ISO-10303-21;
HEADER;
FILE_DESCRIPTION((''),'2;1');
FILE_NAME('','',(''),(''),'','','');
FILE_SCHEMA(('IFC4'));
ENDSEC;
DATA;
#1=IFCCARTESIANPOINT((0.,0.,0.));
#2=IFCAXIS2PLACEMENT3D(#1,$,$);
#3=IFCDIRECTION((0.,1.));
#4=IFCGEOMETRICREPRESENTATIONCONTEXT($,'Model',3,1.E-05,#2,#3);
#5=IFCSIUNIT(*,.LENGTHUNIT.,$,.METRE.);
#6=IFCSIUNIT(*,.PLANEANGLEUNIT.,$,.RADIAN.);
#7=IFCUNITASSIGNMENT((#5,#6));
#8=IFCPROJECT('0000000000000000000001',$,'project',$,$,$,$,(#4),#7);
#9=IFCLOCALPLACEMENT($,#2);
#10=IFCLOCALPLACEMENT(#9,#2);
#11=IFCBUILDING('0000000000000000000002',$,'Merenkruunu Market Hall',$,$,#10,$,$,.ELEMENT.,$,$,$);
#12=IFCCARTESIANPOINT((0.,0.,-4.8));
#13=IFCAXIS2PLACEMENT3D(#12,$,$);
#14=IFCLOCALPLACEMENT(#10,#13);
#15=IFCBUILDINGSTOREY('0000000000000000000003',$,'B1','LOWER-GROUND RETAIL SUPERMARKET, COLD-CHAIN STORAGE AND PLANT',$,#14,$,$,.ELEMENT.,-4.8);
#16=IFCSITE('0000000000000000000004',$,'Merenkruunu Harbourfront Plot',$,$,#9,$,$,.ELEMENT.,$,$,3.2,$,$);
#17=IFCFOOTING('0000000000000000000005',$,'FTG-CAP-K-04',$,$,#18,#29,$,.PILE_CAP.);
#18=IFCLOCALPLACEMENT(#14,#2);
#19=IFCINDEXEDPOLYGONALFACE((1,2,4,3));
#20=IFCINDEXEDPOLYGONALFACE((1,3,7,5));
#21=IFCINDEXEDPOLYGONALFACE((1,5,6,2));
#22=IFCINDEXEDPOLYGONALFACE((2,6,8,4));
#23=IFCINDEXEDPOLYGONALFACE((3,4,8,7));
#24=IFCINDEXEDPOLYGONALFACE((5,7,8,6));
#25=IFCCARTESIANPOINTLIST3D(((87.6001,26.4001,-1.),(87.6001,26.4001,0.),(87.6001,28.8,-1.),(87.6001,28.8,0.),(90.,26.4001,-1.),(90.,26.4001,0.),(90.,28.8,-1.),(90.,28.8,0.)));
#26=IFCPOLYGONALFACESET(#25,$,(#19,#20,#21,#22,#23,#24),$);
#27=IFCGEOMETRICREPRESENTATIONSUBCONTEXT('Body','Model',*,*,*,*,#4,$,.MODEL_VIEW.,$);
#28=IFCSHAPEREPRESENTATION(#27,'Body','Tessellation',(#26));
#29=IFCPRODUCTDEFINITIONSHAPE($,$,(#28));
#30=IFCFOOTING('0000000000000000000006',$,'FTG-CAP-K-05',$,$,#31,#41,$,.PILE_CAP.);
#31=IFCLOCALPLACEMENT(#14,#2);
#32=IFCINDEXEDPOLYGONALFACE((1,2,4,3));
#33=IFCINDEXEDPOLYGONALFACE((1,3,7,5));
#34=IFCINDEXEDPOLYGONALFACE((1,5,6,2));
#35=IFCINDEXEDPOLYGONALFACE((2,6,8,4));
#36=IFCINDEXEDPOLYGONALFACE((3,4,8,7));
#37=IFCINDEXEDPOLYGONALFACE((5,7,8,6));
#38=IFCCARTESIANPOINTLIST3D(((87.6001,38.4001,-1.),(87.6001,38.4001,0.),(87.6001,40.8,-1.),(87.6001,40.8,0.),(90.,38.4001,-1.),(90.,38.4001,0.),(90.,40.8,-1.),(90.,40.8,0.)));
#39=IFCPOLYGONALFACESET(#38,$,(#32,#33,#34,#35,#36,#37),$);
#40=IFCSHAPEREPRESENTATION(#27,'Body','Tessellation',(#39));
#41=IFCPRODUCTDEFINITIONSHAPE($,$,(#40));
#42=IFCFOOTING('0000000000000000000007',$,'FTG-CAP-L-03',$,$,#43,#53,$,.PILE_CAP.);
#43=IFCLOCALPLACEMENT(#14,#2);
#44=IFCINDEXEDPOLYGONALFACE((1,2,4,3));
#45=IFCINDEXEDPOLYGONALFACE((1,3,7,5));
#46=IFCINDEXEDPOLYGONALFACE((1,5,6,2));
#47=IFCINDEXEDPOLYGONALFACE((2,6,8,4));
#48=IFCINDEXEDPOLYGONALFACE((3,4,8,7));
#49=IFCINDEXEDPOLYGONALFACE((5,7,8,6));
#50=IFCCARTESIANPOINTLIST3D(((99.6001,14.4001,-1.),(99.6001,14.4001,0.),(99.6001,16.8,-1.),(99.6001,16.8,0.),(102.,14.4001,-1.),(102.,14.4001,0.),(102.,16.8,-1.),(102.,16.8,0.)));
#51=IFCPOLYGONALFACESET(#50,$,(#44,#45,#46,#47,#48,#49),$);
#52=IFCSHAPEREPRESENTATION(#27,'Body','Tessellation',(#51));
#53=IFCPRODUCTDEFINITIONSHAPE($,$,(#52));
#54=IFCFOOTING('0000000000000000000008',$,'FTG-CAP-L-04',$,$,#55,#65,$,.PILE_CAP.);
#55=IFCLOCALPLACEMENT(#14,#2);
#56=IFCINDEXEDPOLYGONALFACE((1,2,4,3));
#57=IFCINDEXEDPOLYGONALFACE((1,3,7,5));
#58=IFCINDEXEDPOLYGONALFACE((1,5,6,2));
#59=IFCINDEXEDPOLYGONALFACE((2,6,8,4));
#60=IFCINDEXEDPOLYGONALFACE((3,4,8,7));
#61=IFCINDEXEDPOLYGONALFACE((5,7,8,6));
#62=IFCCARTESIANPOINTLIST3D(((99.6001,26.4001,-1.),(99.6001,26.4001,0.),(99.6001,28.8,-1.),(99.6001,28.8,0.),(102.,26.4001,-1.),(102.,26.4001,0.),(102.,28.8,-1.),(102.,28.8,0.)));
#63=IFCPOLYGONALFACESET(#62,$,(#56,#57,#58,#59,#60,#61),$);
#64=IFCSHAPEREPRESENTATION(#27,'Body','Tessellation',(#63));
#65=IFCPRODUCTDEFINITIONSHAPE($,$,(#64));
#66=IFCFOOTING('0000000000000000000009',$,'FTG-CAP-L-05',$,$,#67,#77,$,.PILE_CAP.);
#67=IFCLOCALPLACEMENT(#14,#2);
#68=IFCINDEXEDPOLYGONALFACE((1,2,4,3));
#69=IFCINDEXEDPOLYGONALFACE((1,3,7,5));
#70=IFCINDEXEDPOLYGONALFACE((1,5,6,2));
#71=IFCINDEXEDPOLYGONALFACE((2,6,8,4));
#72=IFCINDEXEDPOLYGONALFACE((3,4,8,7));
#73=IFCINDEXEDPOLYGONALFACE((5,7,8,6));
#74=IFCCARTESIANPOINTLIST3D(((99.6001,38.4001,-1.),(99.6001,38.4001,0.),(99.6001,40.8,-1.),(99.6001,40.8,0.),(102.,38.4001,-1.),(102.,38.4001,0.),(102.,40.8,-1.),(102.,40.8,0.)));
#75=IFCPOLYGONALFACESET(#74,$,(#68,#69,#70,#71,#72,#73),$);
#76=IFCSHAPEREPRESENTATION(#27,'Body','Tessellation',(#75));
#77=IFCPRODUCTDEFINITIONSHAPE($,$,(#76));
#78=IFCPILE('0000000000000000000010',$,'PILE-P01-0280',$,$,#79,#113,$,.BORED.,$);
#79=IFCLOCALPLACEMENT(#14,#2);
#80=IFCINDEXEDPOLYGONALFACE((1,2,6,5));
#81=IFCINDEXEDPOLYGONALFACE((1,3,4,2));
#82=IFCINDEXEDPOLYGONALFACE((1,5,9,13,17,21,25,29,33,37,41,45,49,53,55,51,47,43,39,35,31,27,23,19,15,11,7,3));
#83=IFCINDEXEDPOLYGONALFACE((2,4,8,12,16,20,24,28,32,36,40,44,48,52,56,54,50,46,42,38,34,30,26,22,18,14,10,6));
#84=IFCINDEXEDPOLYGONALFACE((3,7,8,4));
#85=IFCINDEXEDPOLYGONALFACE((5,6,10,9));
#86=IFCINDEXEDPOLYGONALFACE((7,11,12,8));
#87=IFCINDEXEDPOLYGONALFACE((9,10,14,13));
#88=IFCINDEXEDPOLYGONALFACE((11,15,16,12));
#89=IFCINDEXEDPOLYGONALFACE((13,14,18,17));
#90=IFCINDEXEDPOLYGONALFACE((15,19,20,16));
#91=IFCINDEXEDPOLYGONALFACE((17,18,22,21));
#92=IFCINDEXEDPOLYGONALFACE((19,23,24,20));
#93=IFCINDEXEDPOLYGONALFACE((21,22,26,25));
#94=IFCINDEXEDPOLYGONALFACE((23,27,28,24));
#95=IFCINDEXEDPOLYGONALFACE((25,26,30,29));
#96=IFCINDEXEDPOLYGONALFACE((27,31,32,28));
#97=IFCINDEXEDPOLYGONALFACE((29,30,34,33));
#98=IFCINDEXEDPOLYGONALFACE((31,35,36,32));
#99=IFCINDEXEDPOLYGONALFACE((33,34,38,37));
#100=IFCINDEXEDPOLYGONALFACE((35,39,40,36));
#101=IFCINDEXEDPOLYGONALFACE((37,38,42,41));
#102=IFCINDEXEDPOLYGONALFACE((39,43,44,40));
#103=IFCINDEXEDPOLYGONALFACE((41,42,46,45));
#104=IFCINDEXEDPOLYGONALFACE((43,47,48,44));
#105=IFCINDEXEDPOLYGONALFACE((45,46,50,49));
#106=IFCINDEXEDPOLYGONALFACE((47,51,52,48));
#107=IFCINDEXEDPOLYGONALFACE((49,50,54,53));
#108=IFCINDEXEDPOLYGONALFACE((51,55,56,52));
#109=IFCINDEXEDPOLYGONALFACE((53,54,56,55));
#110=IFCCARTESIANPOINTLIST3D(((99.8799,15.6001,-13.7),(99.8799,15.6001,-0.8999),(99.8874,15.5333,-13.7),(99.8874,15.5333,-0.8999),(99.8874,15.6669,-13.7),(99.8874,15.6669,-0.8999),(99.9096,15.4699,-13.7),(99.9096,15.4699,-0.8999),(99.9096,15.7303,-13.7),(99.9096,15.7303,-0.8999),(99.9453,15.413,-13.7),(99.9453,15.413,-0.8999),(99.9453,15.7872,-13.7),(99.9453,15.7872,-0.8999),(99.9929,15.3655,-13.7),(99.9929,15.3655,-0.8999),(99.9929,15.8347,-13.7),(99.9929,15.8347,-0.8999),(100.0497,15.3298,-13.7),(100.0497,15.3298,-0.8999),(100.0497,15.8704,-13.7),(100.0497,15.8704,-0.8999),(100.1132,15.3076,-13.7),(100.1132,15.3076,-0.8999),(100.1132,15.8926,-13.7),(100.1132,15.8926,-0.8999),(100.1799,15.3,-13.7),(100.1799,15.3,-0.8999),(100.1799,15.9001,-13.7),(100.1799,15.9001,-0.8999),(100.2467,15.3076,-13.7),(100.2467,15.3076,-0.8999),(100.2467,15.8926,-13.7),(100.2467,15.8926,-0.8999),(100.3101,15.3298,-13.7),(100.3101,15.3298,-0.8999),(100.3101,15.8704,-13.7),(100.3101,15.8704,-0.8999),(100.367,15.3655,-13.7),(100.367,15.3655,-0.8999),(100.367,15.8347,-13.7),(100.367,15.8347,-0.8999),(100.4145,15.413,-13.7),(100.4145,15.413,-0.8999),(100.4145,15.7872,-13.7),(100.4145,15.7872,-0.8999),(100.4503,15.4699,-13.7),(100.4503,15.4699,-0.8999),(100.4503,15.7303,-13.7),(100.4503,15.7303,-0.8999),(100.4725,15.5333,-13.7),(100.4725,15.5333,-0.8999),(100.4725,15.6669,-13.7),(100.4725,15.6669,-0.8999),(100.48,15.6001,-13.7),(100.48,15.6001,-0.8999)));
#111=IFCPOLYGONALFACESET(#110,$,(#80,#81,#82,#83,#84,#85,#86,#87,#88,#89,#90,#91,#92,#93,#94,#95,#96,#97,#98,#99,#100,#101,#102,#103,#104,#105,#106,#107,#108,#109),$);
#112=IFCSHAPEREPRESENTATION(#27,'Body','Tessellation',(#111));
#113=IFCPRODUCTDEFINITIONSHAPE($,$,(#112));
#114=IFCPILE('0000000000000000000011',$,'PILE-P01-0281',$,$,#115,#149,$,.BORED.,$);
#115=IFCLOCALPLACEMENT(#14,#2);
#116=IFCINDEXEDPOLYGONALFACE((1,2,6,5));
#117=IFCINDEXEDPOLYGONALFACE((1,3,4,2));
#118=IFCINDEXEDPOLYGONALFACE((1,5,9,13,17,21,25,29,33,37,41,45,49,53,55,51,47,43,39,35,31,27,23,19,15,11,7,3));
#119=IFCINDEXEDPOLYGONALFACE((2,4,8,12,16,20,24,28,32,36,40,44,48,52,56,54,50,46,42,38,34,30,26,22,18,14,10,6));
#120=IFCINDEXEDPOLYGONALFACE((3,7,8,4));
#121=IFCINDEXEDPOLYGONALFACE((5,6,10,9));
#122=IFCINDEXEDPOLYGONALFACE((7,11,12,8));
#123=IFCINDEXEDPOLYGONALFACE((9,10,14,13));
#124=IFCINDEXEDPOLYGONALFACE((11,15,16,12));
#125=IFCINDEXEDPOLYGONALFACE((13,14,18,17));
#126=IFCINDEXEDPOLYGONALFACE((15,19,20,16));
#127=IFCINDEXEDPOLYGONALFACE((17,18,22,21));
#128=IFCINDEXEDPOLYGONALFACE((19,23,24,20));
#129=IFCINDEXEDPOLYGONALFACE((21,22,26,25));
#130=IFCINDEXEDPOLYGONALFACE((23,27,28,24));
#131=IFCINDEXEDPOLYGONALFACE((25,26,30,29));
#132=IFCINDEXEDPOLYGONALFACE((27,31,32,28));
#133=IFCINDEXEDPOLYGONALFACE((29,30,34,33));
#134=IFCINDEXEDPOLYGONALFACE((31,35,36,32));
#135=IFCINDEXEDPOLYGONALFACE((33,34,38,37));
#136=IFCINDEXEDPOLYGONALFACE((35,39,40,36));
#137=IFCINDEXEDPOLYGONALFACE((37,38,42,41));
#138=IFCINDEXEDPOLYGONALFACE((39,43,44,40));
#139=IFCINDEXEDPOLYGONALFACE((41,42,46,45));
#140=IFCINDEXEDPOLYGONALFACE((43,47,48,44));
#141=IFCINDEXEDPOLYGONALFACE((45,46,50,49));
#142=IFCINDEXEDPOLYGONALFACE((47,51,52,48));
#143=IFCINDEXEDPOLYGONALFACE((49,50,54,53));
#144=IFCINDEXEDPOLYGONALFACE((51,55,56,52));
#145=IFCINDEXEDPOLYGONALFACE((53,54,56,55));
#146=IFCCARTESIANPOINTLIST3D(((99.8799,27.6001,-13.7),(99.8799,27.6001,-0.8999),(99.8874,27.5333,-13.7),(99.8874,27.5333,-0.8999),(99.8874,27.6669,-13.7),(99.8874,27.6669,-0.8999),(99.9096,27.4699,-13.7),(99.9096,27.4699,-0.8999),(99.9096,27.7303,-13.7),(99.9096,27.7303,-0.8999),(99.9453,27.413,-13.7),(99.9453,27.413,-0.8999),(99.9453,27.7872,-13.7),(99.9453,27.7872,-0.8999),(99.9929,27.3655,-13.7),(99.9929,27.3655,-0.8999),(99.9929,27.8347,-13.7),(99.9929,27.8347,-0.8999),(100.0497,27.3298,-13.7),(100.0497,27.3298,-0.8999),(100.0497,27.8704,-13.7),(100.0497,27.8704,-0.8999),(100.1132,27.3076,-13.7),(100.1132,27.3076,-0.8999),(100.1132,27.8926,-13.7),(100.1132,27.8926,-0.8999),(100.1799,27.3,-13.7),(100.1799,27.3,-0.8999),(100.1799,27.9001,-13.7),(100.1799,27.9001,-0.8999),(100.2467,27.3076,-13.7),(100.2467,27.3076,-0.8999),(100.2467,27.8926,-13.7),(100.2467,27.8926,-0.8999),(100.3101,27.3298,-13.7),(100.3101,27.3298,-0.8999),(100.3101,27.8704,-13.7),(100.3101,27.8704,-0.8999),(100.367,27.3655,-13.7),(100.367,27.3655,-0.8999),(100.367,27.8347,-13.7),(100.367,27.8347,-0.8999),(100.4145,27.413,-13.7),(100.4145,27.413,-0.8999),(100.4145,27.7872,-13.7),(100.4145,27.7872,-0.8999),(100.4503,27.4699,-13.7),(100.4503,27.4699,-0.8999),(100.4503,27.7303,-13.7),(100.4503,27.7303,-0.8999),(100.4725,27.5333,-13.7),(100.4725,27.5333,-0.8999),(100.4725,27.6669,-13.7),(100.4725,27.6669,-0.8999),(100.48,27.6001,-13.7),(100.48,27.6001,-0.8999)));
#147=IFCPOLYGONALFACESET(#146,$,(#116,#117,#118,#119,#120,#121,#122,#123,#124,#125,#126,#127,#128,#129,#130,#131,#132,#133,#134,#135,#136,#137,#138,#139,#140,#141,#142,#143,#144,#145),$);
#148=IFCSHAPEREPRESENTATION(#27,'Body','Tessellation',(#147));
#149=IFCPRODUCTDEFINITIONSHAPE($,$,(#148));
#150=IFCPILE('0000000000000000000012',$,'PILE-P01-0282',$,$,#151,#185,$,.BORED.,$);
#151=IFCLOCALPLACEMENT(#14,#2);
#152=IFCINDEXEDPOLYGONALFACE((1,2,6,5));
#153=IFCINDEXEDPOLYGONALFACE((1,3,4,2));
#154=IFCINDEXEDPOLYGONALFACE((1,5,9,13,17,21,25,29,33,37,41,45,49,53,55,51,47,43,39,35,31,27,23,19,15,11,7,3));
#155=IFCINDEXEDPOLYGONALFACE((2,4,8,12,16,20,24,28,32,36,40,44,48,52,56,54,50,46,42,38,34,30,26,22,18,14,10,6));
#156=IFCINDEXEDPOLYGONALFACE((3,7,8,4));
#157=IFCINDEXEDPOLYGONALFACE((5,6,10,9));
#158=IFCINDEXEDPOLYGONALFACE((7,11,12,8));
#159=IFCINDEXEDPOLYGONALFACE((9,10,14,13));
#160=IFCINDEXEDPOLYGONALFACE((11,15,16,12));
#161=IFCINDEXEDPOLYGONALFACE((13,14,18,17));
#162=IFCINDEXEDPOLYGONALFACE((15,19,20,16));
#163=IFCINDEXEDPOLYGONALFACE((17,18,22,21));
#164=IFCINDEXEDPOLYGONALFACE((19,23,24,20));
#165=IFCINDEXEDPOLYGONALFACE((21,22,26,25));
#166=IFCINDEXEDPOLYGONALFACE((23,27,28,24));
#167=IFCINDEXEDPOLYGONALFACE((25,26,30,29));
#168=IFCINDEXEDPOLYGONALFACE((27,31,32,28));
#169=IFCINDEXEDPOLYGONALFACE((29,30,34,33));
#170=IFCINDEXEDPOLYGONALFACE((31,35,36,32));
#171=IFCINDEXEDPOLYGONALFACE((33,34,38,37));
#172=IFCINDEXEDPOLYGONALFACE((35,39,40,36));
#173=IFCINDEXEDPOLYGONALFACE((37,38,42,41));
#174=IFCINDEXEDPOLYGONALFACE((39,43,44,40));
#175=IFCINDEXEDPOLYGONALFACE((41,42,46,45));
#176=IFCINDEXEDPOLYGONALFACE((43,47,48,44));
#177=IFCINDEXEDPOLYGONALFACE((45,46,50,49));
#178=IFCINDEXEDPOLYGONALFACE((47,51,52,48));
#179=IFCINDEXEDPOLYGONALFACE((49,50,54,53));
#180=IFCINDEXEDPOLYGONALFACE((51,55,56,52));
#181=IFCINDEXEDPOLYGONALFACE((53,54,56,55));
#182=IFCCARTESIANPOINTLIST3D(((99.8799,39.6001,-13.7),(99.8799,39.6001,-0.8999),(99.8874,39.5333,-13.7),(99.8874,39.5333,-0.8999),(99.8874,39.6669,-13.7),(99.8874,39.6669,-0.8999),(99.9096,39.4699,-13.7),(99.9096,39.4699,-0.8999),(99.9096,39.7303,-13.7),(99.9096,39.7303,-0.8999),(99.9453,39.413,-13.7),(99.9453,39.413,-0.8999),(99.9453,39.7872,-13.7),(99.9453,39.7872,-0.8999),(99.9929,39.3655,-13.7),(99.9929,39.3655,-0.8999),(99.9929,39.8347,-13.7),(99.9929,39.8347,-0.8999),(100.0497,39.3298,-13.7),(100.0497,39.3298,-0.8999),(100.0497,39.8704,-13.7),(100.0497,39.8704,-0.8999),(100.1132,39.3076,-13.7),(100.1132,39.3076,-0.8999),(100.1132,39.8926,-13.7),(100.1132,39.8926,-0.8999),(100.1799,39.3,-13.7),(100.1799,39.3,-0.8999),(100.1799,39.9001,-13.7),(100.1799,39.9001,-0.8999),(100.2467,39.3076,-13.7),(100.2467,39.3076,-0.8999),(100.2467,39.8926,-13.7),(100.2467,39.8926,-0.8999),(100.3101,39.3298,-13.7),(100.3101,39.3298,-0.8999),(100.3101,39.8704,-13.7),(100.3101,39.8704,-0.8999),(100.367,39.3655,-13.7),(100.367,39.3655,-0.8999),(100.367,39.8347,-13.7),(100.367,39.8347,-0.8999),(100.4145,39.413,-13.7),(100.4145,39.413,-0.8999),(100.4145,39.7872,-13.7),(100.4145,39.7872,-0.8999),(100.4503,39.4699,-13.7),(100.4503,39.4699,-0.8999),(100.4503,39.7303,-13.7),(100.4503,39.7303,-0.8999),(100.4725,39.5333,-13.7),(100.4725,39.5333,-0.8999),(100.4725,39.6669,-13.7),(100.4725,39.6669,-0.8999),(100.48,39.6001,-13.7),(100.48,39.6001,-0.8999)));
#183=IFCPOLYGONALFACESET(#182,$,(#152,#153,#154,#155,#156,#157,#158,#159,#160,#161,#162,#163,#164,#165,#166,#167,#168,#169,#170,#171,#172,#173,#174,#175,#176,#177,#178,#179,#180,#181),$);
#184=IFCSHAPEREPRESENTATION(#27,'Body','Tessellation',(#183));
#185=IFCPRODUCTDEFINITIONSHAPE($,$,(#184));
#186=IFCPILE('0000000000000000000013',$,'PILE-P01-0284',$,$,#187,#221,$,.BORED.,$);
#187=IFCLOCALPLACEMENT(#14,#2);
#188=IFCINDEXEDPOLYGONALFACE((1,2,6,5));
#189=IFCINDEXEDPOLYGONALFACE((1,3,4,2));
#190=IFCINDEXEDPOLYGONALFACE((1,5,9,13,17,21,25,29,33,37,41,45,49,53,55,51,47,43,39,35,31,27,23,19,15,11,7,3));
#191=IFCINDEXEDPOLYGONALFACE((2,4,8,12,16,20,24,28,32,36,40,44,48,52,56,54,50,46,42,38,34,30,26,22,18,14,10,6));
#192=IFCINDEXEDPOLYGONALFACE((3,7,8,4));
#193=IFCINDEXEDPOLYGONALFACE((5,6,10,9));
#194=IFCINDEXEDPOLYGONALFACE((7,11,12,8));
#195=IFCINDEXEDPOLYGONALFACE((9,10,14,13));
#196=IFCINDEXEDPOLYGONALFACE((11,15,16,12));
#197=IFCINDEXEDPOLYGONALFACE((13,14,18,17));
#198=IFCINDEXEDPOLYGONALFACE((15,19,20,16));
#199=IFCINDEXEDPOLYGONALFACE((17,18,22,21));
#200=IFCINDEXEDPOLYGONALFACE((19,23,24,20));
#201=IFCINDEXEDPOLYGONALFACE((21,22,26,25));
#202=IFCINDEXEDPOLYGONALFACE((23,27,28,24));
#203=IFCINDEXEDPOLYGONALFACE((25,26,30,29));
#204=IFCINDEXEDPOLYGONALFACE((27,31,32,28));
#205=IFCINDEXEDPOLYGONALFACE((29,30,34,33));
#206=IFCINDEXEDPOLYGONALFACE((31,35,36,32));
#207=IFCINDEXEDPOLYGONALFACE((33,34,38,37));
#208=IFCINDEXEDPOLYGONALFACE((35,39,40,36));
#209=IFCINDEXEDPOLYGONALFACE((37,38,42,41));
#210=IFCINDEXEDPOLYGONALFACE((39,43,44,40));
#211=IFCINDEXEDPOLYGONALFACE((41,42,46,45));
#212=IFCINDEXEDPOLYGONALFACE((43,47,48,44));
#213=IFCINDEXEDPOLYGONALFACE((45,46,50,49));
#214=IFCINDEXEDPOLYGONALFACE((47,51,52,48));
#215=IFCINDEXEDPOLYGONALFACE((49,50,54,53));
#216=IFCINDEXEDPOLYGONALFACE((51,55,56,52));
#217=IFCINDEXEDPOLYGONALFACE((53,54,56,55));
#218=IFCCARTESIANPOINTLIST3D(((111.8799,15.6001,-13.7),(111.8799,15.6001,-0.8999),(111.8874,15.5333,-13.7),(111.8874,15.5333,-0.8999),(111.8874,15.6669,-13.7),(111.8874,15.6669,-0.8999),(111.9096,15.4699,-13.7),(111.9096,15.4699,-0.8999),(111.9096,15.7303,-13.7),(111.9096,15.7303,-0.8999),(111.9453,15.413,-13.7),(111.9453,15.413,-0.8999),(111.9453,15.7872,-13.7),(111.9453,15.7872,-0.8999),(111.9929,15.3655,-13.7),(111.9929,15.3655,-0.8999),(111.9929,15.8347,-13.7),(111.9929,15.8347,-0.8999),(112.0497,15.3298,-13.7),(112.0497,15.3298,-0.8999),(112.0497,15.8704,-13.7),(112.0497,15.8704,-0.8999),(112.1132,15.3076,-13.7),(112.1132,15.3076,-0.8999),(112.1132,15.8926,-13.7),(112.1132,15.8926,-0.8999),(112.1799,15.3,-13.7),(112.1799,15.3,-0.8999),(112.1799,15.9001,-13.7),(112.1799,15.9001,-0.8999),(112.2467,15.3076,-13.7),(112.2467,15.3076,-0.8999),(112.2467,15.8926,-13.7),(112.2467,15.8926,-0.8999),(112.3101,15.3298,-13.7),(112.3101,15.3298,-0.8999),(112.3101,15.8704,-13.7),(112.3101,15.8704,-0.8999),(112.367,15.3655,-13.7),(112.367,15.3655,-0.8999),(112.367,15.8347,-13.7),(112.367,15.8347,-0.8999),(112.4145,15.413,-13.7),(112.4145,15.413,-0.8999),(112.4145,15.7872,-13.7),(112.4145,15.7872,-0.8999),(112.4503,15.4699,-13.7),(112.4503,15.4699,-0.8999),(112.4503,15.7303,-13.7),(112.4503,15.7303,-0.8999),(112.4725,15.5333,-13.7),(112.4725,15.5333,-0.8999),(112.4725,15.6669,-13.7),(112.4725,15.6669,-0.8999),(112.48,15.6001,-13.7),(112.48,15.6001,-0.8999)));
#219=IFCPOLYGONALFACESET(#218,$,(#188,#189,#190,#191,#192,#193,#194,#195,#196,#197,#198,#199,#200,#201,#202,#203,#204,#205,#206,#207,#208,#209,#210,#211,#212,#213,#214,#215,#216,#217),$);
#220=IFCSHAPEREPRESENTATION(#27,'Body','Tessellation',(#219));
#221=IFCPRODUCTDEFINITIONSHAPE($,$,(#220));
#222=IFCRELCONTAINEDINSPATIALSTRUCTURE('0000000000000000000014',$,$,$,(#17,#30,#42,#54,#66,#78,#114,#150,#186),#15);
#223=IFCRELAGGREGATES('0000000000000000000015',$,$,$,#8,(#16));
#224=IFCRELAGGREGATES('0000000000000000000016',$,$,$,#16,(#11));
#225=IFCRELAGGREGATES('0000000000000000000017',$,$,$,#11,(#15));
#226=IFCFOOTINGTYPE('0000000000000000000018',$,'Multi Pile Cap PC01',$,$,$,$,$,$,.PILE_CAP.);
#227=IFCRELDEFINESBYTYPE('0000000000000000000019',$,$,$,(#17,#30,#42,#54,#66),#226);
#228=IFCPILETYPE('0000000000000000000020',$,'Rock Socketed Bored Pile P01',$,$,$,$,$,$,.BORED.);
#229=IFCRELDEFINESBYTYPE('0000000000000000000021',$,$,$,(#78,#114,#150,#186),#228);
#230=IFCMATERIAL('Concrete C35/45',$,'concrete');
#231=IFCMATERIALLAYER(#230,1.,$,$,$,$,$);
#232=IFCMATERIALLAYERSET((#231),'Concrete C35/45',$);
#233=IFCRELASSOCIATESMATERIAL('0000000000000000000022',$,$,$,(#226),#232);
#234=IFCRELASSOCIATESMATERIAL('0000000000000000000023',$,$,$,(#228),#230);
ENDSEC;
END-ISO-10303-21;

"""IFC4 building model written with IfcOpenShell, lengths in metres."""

from ifc_helpers import new_model, si_unit, direction, frame, origin, origin_2d, place, context, subcontext, project, spatial, rectangle, circle, extrude, material, layer, layer_set, material_profile, profile_set, type_object, element, save


model = new_model("IFC4")

# Units and contexts
model_context = context("Model", 3, precision=1e-05, world=origin(), true_north=direction((0.0, 1.0)))
body_context = subcontext(model_context, "Body", "Model", "MODEL_VIEW")
ifc_project = project(units=[si_unit("LENGTHUNIT", "METRE"), si_unit("PLANEANGLEUNIT", "RADIAN")], contexts=[model_context])

# Site, building, storey
site_placement = place(None, origin())
site = spatial("IfcSite", under=ifc_project, at=site_placement, Name="Merenkruunu Harbourfront Plot", CompositionType="ELEMENT", RefElevation=3.2)
building_placement = place(site_placement, origin())
building = spatial("IfcBuilding", under=site, at=building_placement, Name="Merenkruunu Market Hall", CompositionType="ELEMENT")
storey_placement = place(building_placement, frame((0.0, 0.0, -4.8)))
storey = spatial("IfcBuildingStorey", under=building, at=storey_placement, Name="B1", Description="LOWER-GROUND RETAIL SUPERMARKET, COLD-CHAIN STORAGE AND PLANT", CompositionType="ELEMENT", Elevation=-4.8)

# Footings
ifc_material_1 = material(Name="Concrete C35/45", Category="concrete")
ifc_layer_1 = layer(ifc_material_1, 1.0)
ifc_layer_set_1 = layer_set([ifc_layer_1], Name="Concrete C35/45")
footing_type_1 = type_object("IfcFootingType", Name="Multi Pile Cap PC01", PredefinedType="PILE_CAP", material=ifc_layer_set_1)
for number, where, z_axis, x_axis, name in (
    (1, (88.8, 27.6001, -1.0), (0.0, 0.0, 1.0), (1.0, 0.0, 0.0), "FTG-CAP-K-04"),
    (2, (88.8, 39.6001, -1.0), (0.0, 0.0, 1.0), (1.0, 0.0, 0.0), "FTG-CAP-K-05"),
    (3, (100.8, 15.6001, -1.0), (0.0, 0.0, 1.0), (1.0, 0.0, 0.0), "FTG-CAP-L-03"),
    (4, (100.8, 27.6001, -1.0), (0.0, 0.0, 1.0), (1.0, 0.0, 0.0), "FTG-CAP-L-04"),
    (5, (100.8, 39.6001, -1.0), (0.0, 0.0, 1.0), (1.0, 0.0, 0.0), "FTG-CAP-L-05"),
):
    element("IfcFooting", number, at=place(storey_placement, frame(where, z_axis=z_axis, x_axis=x_axis)), inside=storey, type_object=footing_type_1, Name=name, PredefinedType="PILE_CAP", context=body_context, shape_type="SweptSolid", body=[
        extrude(rectangle(XDim=2.3999, YDim=2.3999, at=origin_2d()), origin(), (0.0, 0.0, 1.0), 1.0),
    ])

# Piles
ifc_material_profile_1 = material_profile(ifc_material_1, circle(Radius=0.3, at=origin_2d()), Name="BORED PILE 600")
ifc_profile_set_1 = profile_set([ifc_material_profile_1], Name="Concrete C35/45")
pile_type = type_object("IfcPileType", Name="Rock Socketed Bored Pile P01", PredefinedType="BORED", material=ifc_profile_set_1)
for number, where, z_axis, x_axis, name in (
    (6, (100.1799, 15.6001, -0.8999), (0.0, 0.0, -1.0), (1.0, 0.0, 0.0), "PILE-P01-0280"),
    (7, (100.1799, 27.6001, -0.8999), (0.0, 0.0, -1.0), (1.0, 0.0, 0.0), "PILE-P01-0281"),
    (8, (100.1799, 39.6001, -0.8999), (0.0, 0.0, -1.0), (1.0, 0.0, 0.0), "PILE-P01-0282"),
    (9, (112.1799, 15.6001, -0.8999), (0.0, 0.0, -1.0), (1.0, 0.0, 0.0), "PILE-P01-0284"),
):
    element("IfcPile", number, at=place(storey_placement, frame(where, z_axis=z_axis, x_axis=x_axis)), inside=storey, type_object=pile_type, Name=name, PredefinedType="BORED", context=body_context, shape_type="SweptSolid", body=[
        extrude(circle(Radius=0.3, at=origin_2d()), origin(), (0.0, 0.0, 1.0), 12.8),
    ])

save(model, "model.ifc")
